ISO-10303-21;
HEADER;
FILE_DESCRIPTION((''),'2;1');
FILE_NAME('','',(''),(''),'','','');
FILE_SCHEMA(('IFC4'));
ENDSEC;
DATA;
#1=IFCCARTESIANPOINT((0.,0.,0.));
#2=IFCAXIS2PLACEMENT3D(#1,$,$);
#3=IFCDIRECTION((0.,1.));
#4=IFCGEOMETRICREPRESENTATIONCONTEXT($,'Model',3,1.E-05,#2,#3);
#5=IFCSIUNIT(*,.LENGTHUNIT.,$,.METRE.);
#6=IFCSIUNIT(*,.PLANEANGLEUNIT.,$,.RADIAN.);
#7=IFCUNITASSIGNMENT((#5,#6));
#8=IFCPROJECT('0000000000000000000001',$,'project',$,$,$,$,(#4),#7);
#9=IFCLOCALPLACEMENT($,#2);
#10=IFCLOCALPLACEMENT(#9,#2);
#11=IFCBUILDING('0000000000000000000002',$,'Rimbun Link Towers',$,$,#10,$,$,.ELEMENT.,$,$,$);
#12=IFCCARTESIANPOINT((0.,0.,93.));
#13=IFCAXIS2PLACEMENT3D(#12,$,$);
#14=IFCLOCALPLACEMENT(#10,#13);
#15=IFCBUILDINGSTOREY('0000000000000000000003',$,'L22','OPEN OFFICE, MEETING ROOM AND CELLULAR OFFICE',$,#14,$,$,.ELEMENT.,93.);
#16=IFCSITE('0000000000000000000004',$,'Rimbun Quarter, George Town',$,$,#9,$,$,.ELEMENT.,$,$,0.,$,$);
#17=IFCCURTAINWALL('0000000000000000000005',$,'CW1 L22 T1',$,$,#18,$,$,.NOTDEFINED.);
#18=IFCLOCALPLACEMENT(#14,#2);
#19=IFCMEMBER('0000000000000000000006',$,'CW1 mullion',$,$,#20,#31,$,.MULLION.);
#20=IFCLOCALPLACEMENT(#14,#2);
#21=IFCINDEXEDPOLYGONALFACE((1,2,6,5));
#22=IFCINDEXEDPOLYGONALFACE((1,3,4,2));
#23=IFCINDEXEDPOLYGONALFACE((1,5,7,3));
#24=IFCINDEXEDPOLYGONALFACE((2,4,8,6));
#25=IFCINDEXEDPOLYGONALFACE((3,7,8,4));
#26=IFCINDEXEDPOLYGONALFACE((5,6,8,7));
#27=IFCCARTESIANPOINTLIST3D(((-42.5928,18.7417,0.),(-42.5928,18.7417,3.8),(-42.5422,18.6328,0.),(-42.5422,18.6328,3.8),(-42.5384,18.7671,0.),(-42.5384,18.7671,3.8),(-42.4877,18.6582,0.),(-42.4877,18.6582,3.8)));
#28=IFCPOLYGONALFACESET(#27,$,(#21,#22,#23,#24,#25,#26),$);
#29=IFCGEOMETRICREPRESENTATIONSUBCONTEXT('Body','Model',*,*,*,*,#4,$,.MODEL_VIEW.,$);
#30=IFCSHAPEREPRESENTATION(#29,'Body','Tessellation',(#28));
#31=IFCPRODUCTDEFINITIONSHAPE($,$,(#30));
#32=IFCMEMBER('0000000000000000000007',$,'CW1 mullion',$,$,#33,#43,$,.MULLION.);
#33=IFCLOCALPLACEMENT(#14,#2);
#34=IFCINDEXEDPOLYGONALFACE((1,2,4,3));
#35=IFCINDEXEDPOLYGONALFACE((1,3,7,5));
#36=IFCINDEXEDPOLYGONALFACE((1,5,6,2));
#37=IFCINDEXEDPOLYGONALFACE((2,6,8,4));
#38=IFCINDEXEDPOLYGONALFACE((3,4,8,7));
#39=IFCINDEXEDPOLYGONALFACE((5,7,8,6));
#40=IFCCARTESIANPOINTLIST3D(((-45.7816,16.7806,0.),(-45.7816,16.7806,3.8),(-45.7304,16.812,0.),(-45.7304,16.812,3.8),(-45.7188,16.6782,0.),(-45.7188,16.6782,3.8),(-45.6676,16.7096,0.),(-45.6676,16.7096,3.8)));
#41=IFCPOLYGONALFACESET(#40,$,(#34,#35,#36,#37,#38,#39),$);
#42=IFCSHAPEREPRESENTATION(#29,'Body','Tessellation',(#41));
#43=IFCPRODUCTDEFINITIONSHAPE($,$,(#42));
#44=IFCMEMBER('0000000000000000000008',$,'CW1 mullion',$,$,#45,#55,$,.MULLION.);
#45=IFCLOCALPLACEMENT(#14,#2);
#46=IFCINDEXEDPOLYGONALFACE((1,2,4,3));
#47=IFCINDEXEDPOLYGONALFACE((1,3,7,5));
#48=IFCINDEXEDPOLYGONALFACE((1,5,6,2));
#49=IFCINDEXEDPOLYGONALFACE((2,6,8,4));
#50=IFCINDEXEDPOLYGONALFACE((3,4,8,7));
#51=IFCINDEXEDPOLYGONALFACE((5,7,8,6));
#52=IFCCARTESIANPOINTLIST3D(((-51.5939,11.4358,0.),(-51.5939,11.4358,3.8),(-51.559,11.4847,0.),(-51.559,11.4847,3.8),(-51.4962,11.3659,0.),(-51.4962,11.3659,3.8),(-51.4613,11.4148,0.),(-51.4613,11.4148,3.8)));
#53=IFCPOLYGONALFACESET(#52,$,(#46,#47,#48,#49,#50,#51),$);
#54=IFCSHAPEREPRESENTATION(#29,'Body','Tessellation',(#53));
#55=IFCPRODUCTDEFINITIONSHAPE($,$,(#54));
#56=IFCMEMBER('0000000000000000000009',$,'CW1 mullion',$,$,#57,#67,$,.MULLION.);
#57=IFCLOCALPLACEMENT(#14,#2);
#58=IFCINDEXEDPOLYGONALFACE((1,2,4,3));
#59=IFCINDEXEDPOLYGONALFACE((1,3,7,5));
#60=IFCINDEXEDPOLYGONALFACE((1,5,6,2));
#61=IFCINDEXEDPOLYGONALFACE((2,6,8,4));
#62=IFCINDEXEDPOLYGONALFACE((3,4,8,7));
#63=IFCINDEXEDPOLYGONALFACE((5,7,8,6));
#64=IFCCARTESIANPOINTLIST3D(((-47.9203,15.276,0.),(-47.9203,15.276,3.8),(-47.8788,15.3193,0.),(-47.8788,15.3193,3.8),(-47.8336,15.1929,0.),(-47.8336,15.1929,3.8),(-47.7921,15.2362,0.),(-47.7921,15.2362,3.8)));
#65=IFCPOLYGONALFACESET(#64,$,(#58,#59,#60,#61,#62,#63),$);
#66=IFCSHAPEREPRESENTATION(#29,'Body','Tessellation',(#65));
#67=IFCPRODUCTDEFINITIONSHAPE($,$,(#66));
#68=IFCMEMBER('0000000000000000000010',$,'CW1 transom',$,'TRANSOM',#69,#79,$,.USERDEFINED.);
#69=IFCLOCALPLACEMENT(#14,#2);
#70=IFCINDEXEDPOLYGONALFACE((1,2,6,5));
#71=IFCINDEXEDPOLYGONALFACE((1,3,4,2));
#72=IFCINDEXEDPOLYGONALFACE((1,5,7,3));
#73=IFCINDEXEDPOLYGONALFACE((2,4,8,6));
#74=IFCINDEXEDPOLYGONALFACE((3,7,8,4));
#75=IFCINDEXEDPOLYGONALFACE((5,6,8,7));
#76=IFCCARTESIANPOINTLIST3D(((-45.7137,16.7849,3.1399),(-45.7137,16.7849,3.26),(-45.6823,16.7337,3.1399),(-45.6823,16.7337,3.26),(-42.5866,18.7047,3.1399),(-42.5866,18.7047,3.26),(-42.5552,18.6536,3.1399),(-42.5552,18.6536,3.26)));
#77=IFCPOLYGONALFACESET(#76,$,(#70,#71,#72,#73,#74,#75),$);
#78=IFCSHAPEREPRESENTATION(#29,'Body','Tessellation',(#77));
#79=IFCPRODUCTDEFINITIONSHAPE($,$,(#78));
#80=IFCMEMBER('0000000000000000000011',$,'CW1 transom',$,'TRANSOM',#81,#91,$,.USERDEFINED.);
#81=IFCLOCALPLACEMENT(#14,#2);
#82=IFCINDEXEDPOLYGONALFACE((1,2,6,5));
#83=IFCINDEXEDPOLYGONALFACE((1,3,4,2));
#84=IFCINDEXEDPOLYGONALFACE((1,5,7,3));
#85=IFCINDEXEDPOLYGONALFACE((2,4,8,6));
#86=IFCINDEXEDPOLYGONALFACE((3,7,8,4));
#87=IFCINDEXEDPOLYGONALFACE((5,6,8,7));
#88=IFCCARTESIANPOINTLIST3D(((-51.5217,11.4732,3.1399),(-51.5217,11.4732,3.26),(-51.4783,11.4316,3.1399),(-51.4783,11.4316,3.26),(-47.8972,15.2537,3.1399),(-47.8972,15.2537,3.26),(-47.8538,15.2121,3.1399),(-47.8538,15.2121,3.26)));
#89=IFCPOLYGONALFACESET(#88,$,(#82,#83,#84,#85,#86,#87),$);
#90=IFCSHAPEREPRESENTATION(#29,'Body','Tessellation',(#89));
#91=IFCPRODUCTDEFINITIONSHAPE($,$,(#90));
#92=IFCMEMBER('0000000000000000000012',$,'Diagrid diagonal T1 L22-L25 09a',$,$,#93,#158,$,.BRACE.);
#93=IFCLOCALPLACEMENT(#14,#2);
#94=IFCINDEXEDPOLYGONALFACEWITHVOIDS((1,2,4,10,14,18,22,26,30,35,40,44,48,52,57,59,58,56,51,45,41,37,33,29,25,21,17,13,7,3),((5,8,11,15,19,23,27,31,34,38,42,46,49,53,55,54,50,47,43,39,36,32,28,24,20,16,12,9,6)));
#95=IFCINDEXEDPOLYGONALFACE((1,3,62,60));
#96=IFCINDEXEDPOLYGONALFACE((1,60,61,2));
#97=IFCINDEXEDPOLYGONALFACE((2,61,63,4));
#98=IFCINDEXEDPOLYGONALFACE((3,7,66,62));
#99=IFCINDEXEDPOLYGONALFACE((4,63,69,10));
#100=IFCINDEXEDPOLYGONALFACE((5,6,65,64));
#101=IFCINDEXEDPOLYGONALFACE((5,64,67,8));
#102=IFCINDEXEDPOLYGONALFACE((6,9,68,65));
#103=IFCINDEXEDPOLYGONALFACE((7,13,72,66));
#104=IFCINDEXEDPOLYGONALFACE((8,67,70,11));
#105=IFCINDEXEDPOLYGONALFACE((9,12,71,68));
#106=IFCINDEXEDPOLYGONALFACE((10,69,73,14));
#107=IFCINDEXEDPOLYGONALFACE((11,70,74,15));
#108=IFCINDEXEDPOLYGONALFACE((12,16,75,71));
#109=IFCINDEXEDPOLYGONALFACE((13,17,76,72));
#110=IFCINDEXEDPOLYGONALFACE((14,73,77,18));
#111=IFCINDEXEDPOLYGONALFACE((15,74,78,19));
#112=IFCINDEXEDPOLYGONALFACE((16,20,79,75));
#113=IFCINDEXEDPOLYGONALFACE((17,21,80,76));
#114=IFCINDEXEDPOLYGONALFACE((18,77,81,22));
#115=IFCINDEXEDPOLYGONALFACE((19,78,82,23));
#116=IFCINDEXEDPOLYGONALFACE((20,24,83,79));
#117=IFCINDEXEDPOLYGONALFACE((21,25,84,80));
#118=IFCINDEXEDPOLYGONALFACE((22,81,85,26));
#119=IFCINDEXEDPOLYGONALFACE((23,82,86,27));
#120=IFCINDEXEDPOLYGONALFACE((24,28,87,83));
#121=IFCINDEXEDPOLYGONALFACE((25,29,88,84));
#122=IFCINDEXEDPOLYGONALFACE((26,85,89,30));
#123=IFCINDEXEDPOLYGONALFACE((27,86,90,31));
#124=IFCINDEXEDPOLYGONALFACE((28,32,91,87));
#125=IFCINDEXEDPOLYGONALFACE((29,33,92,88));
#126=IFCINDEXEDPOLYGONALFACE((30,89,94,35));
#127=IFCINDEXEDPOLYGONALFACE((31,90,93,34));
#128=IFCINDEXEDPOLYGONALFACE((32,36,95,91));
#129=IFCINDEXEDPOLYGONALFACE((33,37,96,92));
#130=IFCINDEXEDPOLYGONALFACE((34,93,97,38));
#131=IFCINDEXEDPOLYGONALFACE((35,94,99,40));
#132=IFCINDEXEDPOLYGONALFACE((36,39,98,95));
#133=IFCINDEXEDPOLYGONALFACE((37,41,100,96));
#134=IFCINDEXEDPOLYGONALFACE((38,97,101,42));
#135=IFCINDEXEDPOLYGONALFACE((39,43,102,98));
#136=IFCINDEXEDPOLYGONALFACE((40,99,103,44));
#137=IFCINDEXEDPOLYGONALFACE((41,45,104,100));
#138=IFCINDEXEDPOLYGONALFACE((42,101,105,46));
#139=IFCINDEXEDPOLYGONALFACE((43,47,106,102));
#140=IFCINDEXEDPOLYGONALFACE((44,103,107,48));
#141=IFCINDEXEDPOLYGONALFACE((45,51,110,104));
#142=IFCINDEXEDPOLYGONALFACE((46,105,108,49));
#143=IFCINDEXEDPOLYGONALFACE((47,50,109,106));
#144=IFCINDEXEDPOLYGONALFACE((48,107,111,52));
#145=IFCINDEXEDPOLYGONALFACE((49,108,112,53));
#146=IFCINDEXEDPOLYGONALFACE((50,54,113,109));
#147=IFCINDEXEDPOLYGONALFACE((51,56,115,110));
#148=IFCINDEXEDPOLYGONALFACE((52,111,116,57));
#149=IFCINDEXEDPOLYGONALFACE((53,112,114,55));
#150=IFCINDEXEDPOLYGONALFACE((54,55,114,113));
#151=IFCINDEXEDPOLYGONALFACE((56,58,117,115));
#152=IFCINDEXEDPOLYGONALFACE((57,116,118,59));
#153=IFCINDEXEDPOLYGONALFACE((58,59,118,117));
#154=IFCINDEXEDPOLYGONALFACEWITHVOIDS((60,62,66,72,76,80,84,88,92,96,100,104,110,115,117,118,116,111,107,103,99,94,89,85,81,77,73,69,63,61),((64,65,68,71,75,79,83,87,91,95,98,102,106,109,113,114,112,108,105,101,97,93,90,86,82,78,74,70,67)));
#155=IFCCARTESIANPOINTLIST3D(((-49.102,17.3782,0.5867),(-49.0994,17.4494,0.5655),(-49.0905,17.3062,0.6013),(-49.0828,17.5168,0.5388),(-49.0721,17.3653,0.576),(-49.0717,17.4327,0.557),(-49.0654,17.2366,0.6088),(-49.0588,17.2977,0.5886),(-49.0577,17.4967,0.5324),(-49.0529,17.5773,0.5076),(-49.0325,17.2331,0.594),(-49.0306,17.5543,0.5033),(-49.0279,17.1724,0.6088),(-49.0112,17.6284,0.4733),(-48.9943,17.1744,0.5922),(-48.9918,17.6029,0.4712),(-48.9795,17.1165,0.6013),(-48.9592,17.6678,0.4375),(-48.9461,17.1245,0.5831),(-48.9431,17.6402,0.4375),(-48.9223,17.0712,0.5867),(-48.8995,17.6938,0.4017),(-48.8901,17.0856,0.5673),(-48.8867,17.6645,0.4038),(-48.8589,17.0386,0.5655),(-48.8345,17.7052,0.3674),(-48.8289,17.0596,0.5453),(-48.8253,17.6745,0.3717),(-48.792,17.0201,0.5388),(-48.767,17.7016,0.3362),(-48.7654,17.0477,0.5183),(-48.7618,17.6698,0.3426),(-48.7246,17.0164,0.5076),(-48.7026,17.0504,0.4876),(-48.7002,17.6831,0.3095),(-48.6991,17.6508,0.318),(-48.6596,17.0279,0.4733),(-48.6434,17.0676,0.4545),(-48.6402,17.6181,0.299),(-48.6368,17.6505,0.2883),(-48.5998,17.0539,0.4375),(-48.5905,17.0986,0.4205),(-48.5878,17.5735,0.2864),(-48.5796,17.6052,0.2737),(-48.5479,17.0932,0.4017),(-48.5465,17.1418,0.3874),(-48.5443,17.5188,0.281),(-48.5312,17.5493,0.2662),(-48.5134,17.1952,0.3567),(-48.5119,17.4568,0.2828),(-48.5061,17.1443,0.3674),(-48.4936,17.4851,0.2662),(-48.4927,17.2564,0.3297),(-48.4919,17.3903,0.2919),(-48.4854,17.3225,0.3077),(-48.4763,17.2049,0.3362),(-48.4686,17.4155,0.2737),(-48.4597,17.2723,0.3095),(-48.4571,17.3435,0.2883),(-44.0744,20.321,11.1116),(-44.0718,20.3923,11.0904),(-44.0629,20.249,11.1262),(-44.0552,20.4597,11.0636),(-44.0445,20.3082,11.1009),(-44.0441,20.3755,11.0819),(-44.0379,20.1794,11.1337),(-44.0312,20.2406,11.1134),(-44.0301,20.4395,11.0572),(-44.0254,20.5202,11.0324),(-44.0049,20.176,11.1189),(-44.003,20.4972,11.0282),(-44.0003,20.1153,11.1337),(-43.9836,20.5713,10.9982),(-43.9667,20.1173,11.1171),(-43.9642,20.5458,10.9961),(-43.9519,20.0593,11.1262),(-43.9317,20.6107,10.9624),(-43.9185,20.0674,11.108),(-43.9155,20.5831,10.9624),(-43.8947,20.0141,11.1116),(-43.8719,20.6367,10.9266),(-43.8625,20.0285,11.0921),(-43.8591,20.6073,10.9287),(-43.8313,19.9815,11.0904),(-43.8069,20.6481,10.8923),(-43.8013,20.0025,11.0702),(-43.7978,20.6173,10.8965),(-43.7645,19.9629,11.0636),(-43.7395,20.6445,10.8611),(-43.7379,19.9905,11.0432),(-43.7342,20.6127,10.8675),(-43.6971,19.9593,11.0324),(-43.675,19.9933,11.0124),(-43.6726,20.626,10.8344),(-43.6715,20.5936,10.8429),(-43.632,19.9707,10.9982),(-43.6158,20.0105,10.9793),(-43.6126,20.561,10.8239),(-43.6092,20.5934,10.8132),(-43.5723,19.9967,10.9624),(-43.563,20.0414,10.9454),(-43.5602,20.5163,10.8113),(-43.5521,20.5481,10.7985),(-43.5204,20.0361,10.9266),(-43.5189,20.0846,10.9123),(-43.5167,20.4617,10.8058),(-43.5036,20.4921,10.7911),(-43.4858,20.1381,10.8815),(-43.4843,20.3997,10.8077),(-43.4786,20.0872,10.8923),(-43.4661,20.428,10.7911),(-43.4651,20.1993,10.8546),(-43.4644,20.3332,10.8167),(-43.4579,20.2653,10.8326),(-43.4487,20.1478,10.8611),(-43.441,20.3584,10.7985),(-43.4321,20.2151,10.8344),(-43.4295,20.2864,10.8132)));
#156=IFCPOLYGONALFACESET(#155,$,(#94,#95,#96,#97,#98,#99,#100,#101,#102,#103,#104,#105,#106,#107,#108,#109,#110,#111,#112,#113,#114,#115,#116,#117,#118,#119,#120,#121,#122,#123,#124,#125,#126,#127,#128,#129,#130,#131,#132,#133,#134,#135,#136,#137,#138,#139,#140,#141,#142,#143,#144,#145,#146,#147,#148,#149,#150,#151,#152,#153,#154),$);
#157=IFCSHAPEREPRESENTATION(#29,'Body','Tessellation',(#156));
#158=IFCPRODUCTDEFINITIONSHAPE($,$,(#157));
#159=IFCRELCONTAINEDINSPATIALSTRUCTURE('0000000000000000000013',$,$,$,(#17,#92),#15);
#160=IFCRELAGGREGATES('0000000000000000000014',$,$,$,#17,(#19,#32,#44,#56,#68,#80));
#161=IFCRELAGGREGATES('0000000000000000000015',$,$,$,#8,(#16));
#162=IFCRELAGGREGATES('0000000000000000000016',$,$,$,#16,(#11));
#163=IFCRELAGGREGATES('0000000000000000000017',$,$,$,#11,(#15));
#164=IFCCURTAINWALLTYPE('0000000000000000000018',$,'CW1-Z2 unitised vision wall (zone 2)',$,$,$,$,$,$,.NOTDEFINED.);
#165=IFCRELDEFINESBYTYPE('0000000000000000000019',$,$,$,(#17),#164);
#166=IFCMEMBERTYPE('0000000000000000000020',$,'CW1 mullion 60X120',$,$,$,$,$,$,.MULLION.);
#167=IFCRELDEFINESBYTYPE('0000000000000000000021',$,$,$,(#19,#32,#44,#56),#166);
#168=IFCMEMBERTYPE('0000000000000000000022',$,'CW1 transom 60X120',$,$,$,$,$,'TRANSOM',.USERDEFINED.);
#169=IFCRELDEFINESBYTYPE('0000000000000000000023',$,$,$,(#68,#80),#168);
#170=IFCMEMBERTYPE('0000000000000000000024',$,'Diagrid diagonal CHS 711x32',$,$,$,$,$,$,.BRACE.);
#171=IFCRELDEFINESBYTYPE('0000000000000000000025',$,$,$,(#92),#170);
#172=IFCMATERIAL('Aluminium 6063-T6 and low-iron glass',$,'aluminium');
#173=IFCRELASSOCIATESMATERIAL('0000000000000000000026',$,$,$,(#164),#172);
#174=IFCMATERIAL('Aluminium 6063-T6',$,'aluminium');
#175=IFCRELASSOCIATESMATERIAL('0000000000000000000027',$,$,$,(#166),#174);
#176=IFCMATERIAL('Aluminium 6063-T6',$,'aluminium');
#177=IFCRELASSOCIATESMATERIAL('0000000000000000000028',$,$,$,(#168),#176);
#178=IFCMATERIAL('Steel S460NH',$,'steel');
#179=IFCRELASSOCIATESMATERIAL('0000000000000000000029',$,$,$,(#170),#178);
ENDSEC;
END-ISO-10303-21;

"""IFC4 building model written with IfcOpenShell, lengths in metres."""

from ifc_helpers import new_model, si_unit, direction, frame, origin, origin_2d, place, context, subcontext, project, spatial, rectangle, hollow_circle, extrude, material, material_profile, profile_set, type_object, element, aggregate, save


model = new_model("IFC4")

# Units and contexts
model_context = context("Model", 3, precision=1e-05, world=origin(), true_north=direction((0.0, 1.0)))
body_context = subcontext(model_context, "Body", "Model", "MODEL_VIEW")
ifc_project = project(units=[si_unit("LENGTHUNIT", "METRE"), si_unit("PLANEANGLEUNIT", "RADIAN")], contexts=[model_context])

# Site, building, storey
site_placement = place(None, origin())
site = spatial("IfcSite", under=ifc_project, at=site_placement, Name="Rimbun Quarter, George Town", CompositionType="ELEMENT", RefElevation=0.0)
building_placement = place(site_placement, origin())
building = spatial("IfcBuilding", under=site, at=building_placement, Name="Rimbun Link Towers", CompositionType="ELEMENT")
storey_placement = place(building_placement, frame((0.0, 0.0, 93.0)))
storey = spatial("IfcBuildingStorey", under=building, at=storey_placement, Name="L22", Description="OPEN OFFICE, MEETING ROOM AND CELLULAR OFFICE", CompositionType="ELEMENT", Elevation=93.0)

# Curtain wall, members
ifc_material_1 = material(Name="Aluminium 6063-T6 and low-iron glass", Category="aluminium")
curtain_wall_type = type_object("IfcCurtainWallType", Name="CW1-Z2 unitised vision wall (zone 2)", PredefinedType="NOTDEFINED", material=ifc_material_1)
curtain_wall_placement = place(storey_placement, origin())
curtain_wall = element("IfcCurtainWall", 1, at=curtain_wall_placement, inside=storey, type_object=curtain_wall_type, Name="CW1 L22 T1", PredefinedType="NOTDEFINED")
ifc_material_2 = material(Name="Aluminium 6063-T6", Category="aluminium")
ifc_material_profile_1 = material_profile(ifc_material_2, rectangle(XDim=0.1201, YDim=0.0601, at=origin_2d()), Name="MULLION 60X120")
ifc_profile_set_1 = profile_set([ifc_material_profile_1], Name="Aluminium 6063-T6")
member_type_1 = type_object("IfcMemberType", Name="CW1 mullion 60X120", PredefinedType="MULLION", material=ifc_profile_set_1)
member_1_placement = place(storey_placement, frame((-42.5403, 18.7, 0.0), z_axis=(0.0, 0.0, 1.0), x_axis=(-0.421699, 0.906736, 0.0)))
member_1 = element("IfcMember", 2, at=member_1_placement, type_object=member_type_1, Name="CW1 mullion", PredefinedType="MULLION", context=body_context, shape_type="SweptSolid", body=[
    extrude(rectangle(XDim=0.1201, YDim=0.0601, at=origin_2d()), origin(), (0.0, 0.0, 1.0), 3.8),
])
member_2_placement = place(storey_placement, frame((-45.7246, 16.7451, 0.0), z_axis=(0.0, 0.0, 1.0), x_axis=(-0.523239, 0.852186, 0.0)))
member_2 = element("IfcMember", 3, at=member_2_placement, type_object=member_type_1, Name="CW1 mullion", PredefinedType="MULLION", context=body_context, shape_type="SweptSolid", body=[
    extrude(rectangle(XDim=0.1201, YDim=0.0601, at=origin_2d()), origin(), (0.0, 0.0, 1.0), 3.8),
])
member_3_placement = place(storey_placement, frame((-51.5276, 11.4253, 0.0), z_axis=(0.0, 0.0, 1.0), x_axis=(-0.813351, 0.581773, 0.0)))
member_3 = element("IfcMember", 4, at=member_3_placement, type_object=member_type_1, Name="CW1 mullion", PredefinedType="MULLION", context=body_context, shape_type="SweptSolid", body=[
    extrude(rectangle(XDim=0.1201, YDim=0.0601, at=origin_2d()), origin(), (0.0, 0.0, 1.0), 3.8),
])
member_4_placement = place(storey_placement, frame((-47.8562, 15.2561, 0.0), z_axis=(0.0, 0.0, 1.0), x_axis=(-0.721854, 0.692045, 0.0)))
member_4 = element("IfcMember", 5, at=member_4_placement, type_object=member_type_1, Name="CW1 mullion", PredefinedType="MULLION", context=body_context, shape_type="SweptSolid", body=[
    extrude(rectangle(XDim=0.1201, YDim=0.0601, at=origin_2d()), origin(), (0.0, 0.0, 1.0), 3.8),
])
ifc_material_3 = material(Name="Aluminium 6063-T6", Category="aluminium")
ifc_material_profile_2 = material_profile(ifc_material_3, rectangle(XDim=0.0601, YDim=0.1201, at=origin_2d()), Name="TRANSOM 60X120")
ifc_profile_set_2 = profile_set([ifc_material_profile_2], Name="Aluminium 6063-T6")
member_type_2 = type_object("IfcMemberType", Name="CW1 transom 60X120", ElementType="TRANSOM", PredefinedType="USERDEFINED", material=ifc_profile_set_2)
member_5_placement = place(storey_placement, frame((-45.698, 16.7593, 3.2), z_axis=(0.852206, 0.523206, 0.0), x_axis=(-0.523206, 0.852206, 0.0)))
member_5 = element("IfcMember", 6, at=member_5_placement, type_object=member_type_2, Name="CW1 transom", ObjectType="TRANSOM", PredefinedType="USERDEFINED", context=body_context, shape_type="SweptSolid", body=[
    extrude(rectangle(XDim=0.0601, YDim=0.1201, at=origin_2d()), origin(), (0.0, 0.0, 1.0), 3.6694),
])
member_6_placement = place(storey_placement, frame((-51.5, 11.4524, 3.2), z_axis=(0.692056, 0.721844, 0.0), x_axis=(-0.721844, 0.692056, 0.0)))
member_6 = element("IfcMember", 7, at=member_6_placement, type_object=member_type_2, Name="CW1 transom", ObjectType="TRANSOM", PredefinedType="USERDEFINED", context=body_context, shape_type="SweptSolid", body=[
    extrude(rectangle(XDim=0.0601, YDim=0.1201, at=origin_2d()), origin(), (0.0, 0.0, 1.0), 5.2373),
])

# Member
ifc_material_4 = material(Name="Steel S460NH", Category="steel")
ifc_material_profile_3 = material_profile(ifc_material_4, hollow_circle(Radius=0.3557, WallThickness=0.032, at=origin_2d()), Name="Diagrid diagonal CHS 711x32")
ifc_profile_set_3 = profile_set([ifc_material_profile_3], Name="Steel S460NH")
member_type_3 = type_object("IfcMemberType", Name="Diagrid diagonal CHS 711x32", PredefinedType="BRACE", material=ifc_profile_set_3)
member_7_placement = place(storey_placement, frame((-48.7795, 17.3608, 0.4375), z_axis=(0.417936, 0.244636, 0.874919), x_axis=(-0.505165, 0.863022, 0.0)))
element("IfcMember", 8, at=member_7_placement, inside=storey, type_object=member_type_3, Name="Diagrid diagonal T1 L22-L25 09a", PredefinedType="BRACE", context=body_context, shape_type="SweptSolid", body=[
    extrude(hollow_circle(Radius=0.3557, WallThickness=0.032, at=origin_2d()), origin(), (0.0, 0.0, 1.0), 12.0295),
])

aggregate(curtain_wall, [member_1, member_2, member_3, member_4, member_5, member_6])

save(model, "model.ifc")
